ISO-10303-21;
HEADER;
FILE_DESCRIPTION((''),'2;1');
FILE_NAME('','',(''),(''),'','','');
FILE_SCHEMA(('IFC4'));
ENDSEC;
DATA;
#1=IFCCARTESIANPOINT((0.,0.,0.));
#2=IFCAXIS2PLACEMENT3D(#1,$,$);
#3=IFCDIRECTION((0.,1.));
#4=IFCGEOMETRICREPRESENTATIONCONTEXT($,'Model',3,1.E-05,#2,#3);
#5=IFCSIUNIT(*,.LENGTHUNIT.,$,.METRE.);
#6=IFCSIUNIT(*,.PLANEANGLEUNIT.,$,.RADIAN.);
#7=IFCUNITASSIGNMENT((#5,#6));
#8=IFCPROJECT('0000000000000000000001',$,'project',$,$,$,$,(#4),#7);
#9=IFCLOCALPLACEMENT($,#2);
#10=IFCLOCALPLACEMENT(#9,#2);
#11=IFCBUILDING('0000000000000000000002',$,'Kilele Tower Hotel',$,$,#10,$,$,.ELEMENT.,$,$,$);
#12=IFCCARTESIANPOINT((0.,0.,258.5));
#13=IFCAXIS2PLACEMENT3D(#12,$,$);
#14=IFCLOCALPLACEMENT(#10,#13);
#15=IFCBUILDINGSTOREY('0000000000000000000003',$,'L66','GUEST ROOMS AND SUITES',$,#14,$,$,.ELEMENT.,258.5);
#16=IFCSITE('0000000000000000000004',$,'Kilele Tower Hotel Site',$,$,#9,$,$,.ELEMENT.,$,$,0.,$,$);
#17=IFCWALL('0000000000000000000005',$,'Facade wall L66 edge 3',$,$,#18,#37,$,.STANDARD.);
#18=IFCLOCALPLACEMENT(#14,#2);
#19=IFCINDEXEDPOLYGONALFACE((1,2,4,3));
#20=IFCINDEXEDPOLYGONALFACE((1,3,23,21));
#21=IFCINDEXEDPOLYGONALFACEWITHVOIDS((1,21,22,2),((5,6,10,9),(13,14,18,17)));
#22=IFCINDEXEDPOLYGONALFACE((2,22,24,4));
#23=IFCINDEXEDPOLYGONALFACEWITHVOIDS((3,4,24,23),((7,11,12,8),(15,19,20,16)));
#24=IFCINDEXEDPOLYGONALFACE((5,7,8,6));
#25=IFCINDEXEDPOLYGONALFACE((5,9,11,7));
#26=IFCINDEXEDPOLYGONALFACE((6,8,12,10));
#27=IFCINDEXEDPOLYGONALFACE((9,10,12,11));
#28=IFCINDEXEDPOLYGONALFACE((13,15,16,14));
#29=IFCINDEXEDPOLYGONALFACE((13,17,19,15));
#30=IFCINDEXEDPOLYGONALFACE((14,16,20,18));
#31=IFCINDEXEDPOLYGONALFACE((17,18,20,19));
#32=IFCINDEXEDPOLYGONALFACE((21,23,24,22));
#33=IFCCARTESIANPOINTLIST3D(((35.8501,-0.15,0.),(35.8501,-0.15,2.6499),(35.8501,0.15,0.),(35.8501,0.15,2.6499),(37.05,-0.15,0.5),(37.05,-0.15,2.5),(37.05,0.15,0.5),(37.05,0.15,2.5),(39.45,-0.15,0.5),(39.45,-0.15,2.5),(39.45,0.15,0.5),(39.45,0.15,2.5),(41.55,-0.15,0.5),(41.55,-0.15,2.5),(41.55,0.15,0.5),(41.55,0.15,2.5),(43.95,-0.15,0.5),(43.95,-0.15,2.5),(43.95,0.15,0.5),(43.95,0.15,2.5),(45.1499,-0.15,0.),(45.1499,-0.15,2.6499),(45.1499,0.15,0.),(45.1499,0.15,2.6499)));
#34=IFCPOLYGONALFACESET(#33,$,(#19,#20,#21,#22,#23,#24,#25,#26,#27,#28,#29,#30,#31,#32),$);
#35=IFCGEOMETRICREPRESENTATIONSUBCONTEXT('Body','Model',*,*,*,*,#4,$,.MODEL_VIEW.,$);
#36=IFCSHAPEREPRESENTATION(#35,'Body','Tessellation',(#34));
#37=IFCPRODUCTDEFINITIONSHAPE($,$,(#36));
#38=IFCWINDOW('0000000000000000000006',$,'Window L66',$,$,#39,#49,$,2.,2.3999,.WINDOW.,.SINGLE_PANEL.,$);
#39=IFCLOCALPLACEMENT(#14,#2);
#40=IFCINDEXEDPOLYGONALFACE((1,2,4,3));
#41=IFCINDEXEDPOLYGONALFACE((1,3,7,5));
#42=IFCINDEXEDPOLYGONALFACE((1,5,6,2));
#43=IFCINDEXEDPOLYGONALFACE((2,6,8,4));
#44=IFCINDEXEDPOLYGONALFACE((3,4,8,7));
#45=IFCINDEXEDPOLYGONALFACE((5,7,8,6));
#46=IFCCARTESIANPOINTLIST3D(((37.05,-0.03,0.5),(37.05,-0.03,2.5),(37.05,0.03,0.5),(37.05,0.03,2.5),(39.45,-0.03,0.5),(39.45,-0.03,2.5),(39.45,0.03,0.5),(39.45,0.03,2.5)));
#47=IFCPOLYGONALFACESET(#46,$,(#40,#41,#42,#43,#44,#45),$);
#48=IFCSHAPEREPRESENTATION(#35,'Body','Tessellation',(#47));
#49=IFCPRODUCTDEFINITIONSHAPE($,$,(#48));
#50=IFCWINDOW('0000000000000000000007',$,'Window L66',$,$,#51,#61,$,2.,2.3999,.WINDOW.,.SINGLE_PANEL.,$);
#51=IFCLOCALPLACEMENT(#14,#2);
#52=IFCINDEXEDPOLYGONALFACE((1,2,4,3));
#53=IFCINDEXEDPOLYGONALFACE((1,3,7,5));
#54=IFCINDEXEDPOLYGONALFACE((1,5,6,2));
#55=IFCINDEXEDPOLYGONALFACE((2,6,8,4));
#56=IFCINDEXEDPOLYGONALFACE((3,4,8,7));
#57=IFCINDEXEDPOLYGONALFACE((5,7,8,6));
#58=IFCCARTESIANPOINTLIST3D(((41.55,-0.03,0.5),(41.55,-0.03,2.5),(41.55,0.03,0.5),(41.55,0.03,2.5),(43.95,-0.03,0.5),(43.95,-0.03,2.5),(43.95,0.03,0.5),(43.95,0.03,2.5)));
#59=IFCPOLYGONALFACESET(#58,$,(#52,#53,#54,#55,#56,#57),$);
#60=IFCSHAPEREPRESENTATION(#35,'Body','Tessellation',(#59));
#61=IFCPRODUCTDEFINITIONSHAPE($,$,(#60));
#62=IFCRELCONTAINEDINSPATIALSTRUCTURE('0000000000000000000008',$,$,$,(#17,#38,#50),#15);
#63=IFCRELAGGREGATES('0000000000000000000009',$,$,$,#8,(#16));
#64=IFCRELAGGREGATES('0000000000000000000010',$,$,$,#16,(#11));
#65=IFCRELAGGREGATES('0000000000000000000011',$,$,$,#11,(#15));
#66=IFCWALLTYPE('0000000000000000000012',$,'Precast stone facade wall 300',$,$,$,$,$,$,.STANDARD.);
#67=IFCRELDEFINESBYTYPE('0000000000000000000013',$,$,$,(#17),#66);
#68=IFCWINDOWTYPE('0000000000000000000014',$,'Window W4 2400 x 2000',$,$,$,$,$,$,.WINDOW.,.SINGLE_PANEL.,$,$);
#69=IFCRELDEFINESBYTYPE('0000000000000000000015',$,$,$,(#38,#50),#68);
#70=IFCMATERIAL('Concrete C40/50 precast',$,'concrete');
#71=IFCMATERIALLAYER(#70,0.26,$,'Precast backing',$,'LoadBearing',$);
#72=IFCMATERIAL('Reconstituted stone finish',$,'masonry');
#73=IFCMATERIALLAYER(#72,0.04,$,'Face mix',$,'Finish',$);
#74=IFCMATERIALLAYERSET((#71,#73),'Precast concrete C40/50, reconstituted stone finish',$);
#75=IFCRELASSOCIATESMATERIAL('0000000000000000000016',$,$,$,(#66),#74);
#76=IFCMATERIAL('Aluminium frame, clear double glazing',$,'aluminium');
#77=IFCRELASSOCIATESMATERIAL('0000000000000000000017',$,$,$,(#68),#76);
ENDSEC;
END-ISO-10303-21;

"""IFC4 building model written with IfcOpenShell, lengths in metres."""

from ifc_helpers import new_model, si_unit, direction, frame, frame_2d, origin, place, context, subcontext, project, spatial, rectangle, extrude, material, layer, layer_set, type_object, element, fill, save


model = new_model("IFC4")

# Units and contexts
model_context = context("Model", 3, precision=1e-05, world=origin(), true_north=direction((0.0, 1.0)))
body_context = subcontext(model_context, "Body", "Model", "MODEL_VIEW")
ifc_project = project(units=[si_unit("LENGTHUNIT", "METRE"), si_unit("PLANEANGLEUNIT", "RADIAN")], contexts=[model_context])

# Site, building, storey
site_placement = place(None, origin())
site = spatial("IfcSite", under=ifc_project, at=site_placement, Name="Kilele Tower Hotel Site", CompositionType="ELEMENT", RefElevation=0.0)
building_placement = place(site_placement, origin())
building = spatial("IfcBuilding", under=site, at=building_placement, Name="Kilele Tower Hotel", CompositionType="ELEMENT")
storey_placement = place(building_placement, frame((0.0, 0.0, 258.5)))
storey = spatial("IfcBuildingStorey", under=building, at=storey_placement, Name="L66", Description="GUEST ROOMS AND SUITES", CompositionType="ELEMENT", Elevation=258.5)

# Wall, openings, windows
ifc_material_1 = material(Name="Concrete C40/50 precast", Category="concrete")
ifc_layer_1 = layer(ifc_material_1, 0.26, Name="Precast backing", Category="LoadBearing")
ifc_material_2 = material(Name="Reconstituted stone finish", Category="masonry")
ifc_layer_2 = layer(ifc_material_2, 0.04, Name="Face mix", Category="Finish")
ifc_layer_set_1 = layer_set([ifc_layer_1, ifc_layer_2], Name="Precast concrete C40/50, reconstituted stone finish")
wall_type_1 = type_object("IfcWallType", Name="Precast stone facade wall 300", PredefinedType="STANDARD", material=ifc_layer_set_1)
wall_1_placement = place(storey_placement, frame((35.8501, 0.0, 0.0), z_axis=(0.0, 0.0, 1.0), x_axis=(1.0, 0.0, 0.0)))
wall_1 = element("IfcWall", 1, at=wall_1_placement, inside=storey, type_object=wall_type_1, Name="Facade wall L66 edge 3", PredefinedType="STANDARD", context=body_context, shape_type="SweptSolid", body=[
    extrude(rectangle(XDim=9.2998, YDim=0.3, at=frame_2d((4.6499, 0.0))), origin(), (0.0, 0.0, 1.0), 2.6499),
])
opening_1_placement = place(wall_1_placement, frame((1.2, 0.0, 0.5)))
opening_1 = element("IfcOpeningElement", 2, at=opening_1_placement, cuts=wall_1, PredefinedType="OPENING", context=body_context, shape_type="SweptSolid", body=[
    extrude(rectangle(XDim=2.3999, YDim=2.0, at=frame_2d((1.2, 1.0))), frame((0.0, 0.1599, 0.0), z_axis=(0.0, -1.0, 0.0), x_axis=(1.0, 0.0, 0.0)), (0.0, 0.0, 1.0), 0.3201),
])
opening_2_placement = place(wall_1_placement, frame((5.7, 0.0, 0.5)))
opening_2 = element("IfcOpeningElement", 3, at=opening_2_placement, cuts=wall_1, PredefinedType="OPENING", context=body_context, shape_type="SweptSolid", body=[
    extrude(rectangle(XDim=2.3999, YDim=2.0, at=frame_2d((1.2, 1.0))), frame((0.0, 0.1599, 0.0), z_axis=(0.0, -1.0, 0.0), x_axis=(1.0, 0.0, 0.0)), (0.0, 0.0, 1.0), 0.3201),
])
ifc_material_3 = material(Name="Aluminium frame, clear double glazing", Category="aluminium")
window_type = type_object("IfcWindowType", Name="Window W4 2400 x 2000", PartitioningType="SINGLE_PANEL", PredefinedType="WINDOW", material=ifc_material_3)
window_1_placement = place(opening_1_placement, origin())
window_1 = element("IfcWindow", 4, at=window_1_placement, inside=storey, type_object=window_type, Name="Window L66", OverallHeight=2.0, OverallWidth=2.3999, PartitioningType="SINGLE_PANEL", PredefinedType="WINDOW", context=body_context, shape_type="SweptSolid", body=[
    extrude(rectangle(XDim=2.3999, YDim=2.0, at=frame_2d((1.2, 1.0))), frame((0.0, 0.03, 0.0), z_axis=(0.0, -1.0, 0.0), x_axis=(1.0, 0.0, 0.0)), (0.0, 0.0, 1.0), 0.0601),
])
fill(opening_1, window_1)
window_2_placement = place(opening_2_placement, origin())
window_2 = element("IfcWindow", 5, at=window_2_placement, inside=storey, type_object=window_type, Name="Window L66", OverallHeight=2.0, OverallWidth=2.3999, PartitioningType="SINGLE_PANEL", PredefinedType="WINDOW", context=body_context, shape_type="SweptSolid", body=[
    extrude(rectangle(XDim=2.3999, YDim=2.0, at=frame_2d((1.2, 1.0))), frame((0.0, 0.03, 0.0), z_axis=(0.0, -1.0, 0.0), x_axis=(1.0, 0.0, 0.0)), (0.0, 0.0, 1.0), 0.0601),
])
fill(opening_2, window_2)

save(model, "model.ifc")
